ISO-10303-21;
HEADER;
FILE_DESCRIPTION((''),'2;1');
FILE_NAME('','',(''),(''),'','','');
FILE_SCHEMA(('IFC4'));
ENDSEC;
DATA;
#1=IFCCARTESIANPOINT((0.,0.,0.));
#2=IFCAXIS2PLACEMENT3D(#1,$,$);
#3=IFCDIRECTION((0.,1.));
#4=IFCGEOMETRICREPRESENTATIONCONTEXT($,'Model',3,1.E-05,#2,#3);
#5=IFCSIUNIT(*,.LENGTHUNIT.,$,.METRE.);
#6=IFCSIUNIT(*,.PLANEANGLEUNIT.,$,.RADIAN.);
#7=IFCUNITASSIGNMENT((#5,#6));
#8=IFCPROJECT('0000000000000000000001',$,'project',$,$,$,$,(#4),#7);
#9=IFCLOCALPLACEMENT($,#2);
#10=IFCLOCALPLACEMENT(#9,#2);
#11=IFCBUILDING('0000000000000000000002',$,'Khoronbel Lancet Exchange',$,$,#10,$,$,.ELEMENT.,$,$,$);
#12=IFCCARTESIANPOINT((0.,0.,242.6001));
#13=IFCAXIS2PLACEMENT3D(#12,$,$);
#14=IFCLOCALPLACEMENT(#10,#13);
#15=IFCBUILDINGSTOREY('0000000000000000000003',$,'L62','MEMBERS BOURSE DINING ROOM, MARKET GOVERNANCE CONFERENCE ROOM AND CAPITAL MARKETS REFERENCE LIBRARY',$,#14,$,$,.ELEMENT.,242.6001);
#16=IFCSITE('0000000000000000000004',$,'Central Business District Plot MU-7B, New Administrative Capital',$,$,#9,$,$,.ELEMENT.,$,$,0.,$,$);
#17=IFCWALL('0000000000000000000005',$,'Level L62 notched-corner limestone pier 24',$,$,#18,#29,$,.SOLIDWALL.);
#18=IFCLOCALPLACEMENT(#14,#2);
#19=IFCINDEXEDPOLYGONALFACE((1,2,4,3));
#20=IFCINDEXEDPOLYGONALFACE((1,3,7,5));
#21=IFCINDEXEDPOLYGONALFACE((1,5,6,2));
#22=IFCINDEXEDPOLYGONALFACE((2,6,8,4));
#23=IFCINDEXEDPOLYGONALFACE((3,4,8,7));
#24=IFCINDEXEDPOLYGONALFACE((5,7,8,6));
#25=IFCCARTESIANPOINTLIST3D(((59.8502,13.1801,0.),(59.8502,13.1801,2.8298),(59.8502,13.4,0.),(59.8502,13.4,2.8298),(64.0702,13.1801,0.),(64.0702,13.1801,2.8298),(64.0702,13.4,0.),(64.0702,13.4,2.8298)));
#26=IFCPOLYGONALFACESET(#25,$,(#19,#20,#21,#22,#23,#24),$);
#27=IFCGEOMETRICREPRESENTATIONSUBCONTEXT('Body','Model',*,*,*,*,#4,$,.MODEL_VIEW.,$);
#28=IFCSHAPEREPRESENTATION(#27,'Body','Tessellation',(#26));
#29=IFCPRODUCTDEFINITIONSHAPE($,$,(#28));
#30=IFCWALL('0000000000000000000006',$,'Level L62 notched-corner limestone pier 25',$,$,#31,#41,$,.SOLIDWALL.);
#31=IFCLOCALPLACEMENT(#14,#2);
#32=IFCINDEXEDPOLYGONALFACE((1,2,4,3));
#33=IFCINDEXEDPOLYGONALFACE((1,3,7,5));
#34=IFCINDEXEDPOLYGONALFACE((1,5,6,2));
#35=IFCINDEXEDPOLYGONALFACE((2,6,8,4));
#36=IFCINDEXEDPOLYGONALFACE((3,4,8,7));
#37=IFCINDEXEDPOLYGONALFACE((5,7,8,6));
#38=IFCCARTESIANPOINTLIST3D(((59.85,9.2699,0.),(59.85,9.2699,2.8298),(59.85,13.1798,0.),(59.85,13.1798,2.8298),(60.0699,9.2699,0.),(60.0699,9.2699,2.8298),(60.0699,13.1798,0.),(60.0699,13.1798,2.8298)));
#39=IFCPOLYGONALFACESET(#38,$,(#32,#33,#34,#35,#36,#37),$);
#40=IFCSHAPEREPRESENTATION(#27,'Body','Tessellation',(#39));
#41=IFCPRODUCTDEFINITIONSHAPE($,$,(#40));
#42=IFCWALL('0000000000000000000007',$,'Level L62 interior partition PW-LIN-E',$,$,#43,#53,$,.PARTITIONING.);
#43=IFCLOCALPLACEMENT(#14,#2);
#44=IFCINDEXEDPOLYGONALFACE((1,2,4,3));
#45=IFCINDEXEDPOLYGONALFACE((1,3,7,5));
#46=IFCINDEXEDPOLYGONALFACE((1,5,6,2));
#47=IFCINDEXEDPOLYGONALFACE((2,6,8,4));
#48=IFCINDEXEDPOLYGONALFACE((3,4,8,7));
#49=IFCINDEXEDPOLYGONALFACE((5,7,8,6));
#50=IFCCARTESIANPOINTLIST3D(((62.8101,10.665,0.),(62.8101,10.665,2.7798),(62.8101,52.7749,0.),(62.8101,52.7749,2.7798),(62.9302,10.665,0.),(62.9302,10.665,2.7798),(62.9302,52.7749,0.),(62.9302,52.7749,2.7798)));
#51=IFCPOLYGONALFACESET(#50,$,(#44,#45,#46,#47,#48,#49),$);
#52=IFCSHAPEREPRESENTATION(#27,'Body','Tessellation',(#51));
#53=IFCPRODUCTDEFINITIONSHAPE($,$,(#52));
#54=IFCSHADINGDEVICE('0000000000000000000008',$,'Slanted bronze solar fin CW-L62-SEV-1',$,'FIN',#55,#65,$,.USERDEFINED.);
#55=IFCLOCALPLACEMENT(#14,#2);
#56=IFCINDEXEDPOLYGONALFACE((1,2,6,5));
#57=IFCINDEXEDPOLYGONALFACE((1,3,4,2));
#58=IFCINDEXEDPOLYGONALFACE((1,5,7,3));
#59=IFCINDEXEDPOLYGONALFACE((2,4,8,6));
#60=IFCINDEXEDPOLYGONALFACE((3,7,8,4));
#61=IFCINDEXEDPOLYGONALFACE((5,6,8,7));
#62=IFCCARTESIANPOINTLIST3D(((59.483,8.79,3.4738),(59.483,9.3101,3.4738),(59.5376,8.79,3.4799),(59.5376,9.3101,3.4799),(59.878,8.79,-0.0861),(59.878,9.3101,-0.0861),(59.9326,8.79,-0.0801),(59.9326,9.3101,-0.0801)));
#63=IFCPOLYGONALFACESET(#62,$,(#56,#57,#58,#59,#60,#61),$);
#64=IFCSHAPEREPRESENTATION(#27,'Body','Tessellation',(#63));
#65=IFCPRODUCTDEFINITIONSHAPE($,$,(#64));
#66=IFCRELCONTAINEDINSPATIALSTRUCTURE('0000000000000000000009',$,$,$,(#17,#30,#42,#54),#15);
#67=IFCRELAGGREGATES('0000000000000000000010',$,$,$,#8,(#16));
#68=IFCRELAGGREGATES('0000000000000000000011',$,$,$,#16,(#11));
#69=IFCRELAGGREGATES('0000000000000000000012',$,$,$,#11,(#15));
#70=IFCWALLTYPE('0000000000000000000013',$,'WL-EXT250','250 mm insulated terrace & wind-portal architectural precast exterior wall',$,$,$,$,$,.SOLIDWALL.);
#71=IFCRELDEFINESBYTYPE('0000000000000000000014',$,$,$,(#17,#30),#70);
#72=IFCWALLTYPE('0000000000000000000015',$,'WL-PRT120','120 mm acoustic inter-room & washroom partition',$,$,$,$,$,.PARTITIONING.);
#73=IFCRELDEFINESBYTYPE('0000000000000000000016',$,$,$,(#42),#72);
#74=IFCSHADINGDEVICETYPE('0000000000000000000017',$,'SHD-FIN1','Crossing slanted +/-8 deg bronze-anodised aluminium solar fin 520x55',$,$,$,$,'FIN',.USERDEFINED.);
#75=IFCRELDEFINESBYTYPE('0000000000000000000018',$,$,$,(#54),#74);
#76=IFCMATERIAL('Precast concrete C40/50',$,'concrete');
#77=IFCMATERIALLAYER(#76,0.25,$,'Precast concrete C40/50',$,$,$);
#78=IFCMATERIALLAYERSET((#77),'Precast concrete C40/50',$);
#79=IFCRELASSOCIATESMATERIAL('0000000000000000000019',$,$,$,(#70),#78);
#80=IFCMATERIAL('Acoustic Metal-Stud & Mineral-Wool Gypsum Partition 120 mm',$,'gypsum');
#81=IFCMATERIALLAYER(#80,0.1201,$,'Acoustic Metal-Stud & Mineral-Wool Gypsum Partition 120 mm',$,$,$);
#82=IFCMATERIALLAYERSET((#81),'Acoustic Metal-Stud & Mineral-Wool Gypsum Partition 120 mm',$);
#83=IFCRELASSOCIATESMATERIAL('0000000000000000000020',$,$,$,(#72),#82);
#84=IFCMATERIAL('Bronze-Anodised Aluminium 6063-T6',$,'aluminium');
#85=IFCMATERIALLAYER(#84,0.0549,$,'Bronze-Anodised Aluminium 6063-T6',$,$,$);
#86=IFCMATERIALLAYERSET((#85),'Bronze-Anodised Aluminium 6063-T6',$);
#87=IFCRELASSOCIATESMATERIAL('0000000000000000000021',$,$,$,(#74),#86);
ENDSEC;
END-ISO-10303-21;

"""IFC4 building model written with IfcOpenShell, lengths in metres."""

from ifc_helpers import new_model, si_unit, direction, frame, frame_2d, origin, place, context, subcontext, project, spatial, polyline, rectangle, outline, extrude, material, layer, layer_set, type_object, element, save


model = new_model("IFC4")

# Units and contexts
model_context = context("Model", 3, precision=1e-05, world=origin(), true_north=direction((0.0, 1.0)))
body_context = subcontext(model_context, "Body", "Model", "MODEL_VIEW")
ifc_project = project(units=[si_unit("LENGTHUNIT", "METRE"), si_unit("PLANEANGLEUNIT", "RADIAN")], contexts=[model_context])

# Site, building, storey
site_placement = place(None, origin())
site = spatial("IfcSite", under=ifc_project, at=site_placement, Name="Central Business District Plot MU-7B, New Administrative Capital", CompositionType="ELEMENT", RefElevation=0.0)
building_placement = place(site_placement, origin())
building = spatial("IfcBuilding", under=site, at=building_placement, Name="Khoronbel Lancet Exchange", CompositionType="ELEMENT")
storey_placement = place(building_placement, frame((0.0, 0.0, 242.6001)))
storey = spatial("IfcBuildingStorey", under=building, at=storey_placement, Name="L62", Description="MEMBERS BOURSE DINING ROOM, MARKET GOVERNANCE CONFERENCE ROOM AND CAPITAL MARKETS REFERENCE LIBRARY", CompositionType="ELEMENT", Elevation=242.6001)

# Shared definitions
ifc_material_1 = material(Name="Bronze-Anodised Aluminium 6063-T6", Category="aluminium")

# Walls
ifc_material_2 = material(Name="Precast concrete C40/50", Category="concrete")
ifc_layer_1 = layer(ifc_material_2, 0.25, Name="Precast concrete C40/50")
ifc_layer_set_1 = layer_set([ifc_layer_1], Name="Precast concrete C40/50")
wall_type_1 = type_object("IfcWallType", Name="WL-EXT250", Description="250 mm insulated terrace & wind-portal architectural precast exterior wall", PredefinedType="SOLIDWALL", material=ifc_layer_set_1)
wall_1_placement = place(storey_placement, frame((64.0701, 13.29, 0.0), z_axis=(0.0, 0.0, 1.0), x_axis=(-1.0, 0.0, 0.0)))
element("IfcWall", 1, at=wall_1_placement, inside=storey, type_object=wall_type_1, Name="Level L62 notched-corner limestone pier 24", PredefinedType="SOLIDWALL", context=body_context, shape_type="SweptSolid", body=[
    extrude(rectangle(XDim=4.22, YDim=0.22, at=frame_2d((2.1099, 0.0))), origin(), (0.0, 0.0, 1.0), 2.8298),
])
wall_2_placement = place(storey_placement, frame((59.96, 13.1799, 0.0), z_axis=(0.0, 0.0, 1.0), x_axis=(0.0, -1.0, 0.0)))
element("IfcWall", 2, at=wall_2_placement, inside=storey, type_object=wall_type_1, Name="Level L62 notched-corner limestone pier 25", PredefinedType="SOLIDWALL", context=body_context, shape_type="SweptSolid", body=[
    extrude(rectangle(XDim=3.9099, YDim=0.22, at=frame_2d((1.9551, 0.0))), origin(), (0.0, 0.0, 1.0), 2.8298),
])
ifc_material_3 = material(Name="Acoustic Metal-Stud & Mineral-Wool Gypsum Partition 120 mm", Category="gypsum")
ifc_layer_2 = layer(ifc_material_3, 0.1201, Name="Acoustic Metal-Stud & Mineral-Wool Gypsum Partition 120 mm")
ifc_layer_set_2 = layer_set([ifc_layer_2], Name="Acoustic Metal-Stud & Mineral-Wool Gypsum Partition 120 mm")
wall_type_2 = type_object("IfcWallType", Name="WL-PRT120", Description="120 mm acoustic inter-room & washroom partition", PredefinedType="PARTITIONING", material=ifc_layer_set_2)
wall_3_placement = place(storey_placement, frame((62.8701, 10.665, 0.0), z_axis=(0.0, 0.0, 1.0), x_axis=(0.0, 1.0, 0.0)))
element("IfcWall", 3, at=wall_3_placement, inside=storey, type_object=wall_type_2, Name="Level L62 interior partition PW-LIN-E", PredefinedType="PARTITIONING", context=body_context, shape_type="SweptSolid", body=[
    extrude(rectangle(XDim=42.1099, YDim=0.1201, at=frame_2d((21.0549, 0.0))), origin(), (0.0, 0.0, 1.0), 2.7798),
])

# Shading device
ifc_layer_3 = layer(ifc_material_1, 0.0549, Name="Bronze-Anodised Aluminium 6063-T6")
ifc_layer_set_3 = layer_set([ifc_layer_3], Name="Bronze-Anodised Aluminium 6063-T6")
shading_device_type = type_object("IfcShadingDeviceType", Name="SHD-FIN1", Description="Crossing slanted +/-8 deg bronze-anodised aluminium solar fin 520x55", ElementType="FIN", PredefinedType="USERDEFINED", material=ifc_layer_set_3)
shading_device_placement = place(storey_placement, frame((59.9326, 9.3101, -0.0801), z_axis=(0.9939, 0.0, 0.110282), x_axis=(0.0, -1.0, 0.0)))
element("IfcShadingDevice", 4, at=shading_device_placement, inside=storey, type_object=shading_device_type, Name="Slanted bronze solar fin CW-L62-SEV-1", ObjectType="FIN", PredefinedType="USERDEFINED", context=body_context, shape_type="SweptSolid", body=[
    extrude(outline(polyline([(0.0, 0.0), (0.52, 0.0), (0.52, -3.5818), (0.0, -3.5818), (0.0, 0.0)])), origin(), (0.0, 0.0, -1.0), 0.0549),
])

save(model, "model.ifc")
